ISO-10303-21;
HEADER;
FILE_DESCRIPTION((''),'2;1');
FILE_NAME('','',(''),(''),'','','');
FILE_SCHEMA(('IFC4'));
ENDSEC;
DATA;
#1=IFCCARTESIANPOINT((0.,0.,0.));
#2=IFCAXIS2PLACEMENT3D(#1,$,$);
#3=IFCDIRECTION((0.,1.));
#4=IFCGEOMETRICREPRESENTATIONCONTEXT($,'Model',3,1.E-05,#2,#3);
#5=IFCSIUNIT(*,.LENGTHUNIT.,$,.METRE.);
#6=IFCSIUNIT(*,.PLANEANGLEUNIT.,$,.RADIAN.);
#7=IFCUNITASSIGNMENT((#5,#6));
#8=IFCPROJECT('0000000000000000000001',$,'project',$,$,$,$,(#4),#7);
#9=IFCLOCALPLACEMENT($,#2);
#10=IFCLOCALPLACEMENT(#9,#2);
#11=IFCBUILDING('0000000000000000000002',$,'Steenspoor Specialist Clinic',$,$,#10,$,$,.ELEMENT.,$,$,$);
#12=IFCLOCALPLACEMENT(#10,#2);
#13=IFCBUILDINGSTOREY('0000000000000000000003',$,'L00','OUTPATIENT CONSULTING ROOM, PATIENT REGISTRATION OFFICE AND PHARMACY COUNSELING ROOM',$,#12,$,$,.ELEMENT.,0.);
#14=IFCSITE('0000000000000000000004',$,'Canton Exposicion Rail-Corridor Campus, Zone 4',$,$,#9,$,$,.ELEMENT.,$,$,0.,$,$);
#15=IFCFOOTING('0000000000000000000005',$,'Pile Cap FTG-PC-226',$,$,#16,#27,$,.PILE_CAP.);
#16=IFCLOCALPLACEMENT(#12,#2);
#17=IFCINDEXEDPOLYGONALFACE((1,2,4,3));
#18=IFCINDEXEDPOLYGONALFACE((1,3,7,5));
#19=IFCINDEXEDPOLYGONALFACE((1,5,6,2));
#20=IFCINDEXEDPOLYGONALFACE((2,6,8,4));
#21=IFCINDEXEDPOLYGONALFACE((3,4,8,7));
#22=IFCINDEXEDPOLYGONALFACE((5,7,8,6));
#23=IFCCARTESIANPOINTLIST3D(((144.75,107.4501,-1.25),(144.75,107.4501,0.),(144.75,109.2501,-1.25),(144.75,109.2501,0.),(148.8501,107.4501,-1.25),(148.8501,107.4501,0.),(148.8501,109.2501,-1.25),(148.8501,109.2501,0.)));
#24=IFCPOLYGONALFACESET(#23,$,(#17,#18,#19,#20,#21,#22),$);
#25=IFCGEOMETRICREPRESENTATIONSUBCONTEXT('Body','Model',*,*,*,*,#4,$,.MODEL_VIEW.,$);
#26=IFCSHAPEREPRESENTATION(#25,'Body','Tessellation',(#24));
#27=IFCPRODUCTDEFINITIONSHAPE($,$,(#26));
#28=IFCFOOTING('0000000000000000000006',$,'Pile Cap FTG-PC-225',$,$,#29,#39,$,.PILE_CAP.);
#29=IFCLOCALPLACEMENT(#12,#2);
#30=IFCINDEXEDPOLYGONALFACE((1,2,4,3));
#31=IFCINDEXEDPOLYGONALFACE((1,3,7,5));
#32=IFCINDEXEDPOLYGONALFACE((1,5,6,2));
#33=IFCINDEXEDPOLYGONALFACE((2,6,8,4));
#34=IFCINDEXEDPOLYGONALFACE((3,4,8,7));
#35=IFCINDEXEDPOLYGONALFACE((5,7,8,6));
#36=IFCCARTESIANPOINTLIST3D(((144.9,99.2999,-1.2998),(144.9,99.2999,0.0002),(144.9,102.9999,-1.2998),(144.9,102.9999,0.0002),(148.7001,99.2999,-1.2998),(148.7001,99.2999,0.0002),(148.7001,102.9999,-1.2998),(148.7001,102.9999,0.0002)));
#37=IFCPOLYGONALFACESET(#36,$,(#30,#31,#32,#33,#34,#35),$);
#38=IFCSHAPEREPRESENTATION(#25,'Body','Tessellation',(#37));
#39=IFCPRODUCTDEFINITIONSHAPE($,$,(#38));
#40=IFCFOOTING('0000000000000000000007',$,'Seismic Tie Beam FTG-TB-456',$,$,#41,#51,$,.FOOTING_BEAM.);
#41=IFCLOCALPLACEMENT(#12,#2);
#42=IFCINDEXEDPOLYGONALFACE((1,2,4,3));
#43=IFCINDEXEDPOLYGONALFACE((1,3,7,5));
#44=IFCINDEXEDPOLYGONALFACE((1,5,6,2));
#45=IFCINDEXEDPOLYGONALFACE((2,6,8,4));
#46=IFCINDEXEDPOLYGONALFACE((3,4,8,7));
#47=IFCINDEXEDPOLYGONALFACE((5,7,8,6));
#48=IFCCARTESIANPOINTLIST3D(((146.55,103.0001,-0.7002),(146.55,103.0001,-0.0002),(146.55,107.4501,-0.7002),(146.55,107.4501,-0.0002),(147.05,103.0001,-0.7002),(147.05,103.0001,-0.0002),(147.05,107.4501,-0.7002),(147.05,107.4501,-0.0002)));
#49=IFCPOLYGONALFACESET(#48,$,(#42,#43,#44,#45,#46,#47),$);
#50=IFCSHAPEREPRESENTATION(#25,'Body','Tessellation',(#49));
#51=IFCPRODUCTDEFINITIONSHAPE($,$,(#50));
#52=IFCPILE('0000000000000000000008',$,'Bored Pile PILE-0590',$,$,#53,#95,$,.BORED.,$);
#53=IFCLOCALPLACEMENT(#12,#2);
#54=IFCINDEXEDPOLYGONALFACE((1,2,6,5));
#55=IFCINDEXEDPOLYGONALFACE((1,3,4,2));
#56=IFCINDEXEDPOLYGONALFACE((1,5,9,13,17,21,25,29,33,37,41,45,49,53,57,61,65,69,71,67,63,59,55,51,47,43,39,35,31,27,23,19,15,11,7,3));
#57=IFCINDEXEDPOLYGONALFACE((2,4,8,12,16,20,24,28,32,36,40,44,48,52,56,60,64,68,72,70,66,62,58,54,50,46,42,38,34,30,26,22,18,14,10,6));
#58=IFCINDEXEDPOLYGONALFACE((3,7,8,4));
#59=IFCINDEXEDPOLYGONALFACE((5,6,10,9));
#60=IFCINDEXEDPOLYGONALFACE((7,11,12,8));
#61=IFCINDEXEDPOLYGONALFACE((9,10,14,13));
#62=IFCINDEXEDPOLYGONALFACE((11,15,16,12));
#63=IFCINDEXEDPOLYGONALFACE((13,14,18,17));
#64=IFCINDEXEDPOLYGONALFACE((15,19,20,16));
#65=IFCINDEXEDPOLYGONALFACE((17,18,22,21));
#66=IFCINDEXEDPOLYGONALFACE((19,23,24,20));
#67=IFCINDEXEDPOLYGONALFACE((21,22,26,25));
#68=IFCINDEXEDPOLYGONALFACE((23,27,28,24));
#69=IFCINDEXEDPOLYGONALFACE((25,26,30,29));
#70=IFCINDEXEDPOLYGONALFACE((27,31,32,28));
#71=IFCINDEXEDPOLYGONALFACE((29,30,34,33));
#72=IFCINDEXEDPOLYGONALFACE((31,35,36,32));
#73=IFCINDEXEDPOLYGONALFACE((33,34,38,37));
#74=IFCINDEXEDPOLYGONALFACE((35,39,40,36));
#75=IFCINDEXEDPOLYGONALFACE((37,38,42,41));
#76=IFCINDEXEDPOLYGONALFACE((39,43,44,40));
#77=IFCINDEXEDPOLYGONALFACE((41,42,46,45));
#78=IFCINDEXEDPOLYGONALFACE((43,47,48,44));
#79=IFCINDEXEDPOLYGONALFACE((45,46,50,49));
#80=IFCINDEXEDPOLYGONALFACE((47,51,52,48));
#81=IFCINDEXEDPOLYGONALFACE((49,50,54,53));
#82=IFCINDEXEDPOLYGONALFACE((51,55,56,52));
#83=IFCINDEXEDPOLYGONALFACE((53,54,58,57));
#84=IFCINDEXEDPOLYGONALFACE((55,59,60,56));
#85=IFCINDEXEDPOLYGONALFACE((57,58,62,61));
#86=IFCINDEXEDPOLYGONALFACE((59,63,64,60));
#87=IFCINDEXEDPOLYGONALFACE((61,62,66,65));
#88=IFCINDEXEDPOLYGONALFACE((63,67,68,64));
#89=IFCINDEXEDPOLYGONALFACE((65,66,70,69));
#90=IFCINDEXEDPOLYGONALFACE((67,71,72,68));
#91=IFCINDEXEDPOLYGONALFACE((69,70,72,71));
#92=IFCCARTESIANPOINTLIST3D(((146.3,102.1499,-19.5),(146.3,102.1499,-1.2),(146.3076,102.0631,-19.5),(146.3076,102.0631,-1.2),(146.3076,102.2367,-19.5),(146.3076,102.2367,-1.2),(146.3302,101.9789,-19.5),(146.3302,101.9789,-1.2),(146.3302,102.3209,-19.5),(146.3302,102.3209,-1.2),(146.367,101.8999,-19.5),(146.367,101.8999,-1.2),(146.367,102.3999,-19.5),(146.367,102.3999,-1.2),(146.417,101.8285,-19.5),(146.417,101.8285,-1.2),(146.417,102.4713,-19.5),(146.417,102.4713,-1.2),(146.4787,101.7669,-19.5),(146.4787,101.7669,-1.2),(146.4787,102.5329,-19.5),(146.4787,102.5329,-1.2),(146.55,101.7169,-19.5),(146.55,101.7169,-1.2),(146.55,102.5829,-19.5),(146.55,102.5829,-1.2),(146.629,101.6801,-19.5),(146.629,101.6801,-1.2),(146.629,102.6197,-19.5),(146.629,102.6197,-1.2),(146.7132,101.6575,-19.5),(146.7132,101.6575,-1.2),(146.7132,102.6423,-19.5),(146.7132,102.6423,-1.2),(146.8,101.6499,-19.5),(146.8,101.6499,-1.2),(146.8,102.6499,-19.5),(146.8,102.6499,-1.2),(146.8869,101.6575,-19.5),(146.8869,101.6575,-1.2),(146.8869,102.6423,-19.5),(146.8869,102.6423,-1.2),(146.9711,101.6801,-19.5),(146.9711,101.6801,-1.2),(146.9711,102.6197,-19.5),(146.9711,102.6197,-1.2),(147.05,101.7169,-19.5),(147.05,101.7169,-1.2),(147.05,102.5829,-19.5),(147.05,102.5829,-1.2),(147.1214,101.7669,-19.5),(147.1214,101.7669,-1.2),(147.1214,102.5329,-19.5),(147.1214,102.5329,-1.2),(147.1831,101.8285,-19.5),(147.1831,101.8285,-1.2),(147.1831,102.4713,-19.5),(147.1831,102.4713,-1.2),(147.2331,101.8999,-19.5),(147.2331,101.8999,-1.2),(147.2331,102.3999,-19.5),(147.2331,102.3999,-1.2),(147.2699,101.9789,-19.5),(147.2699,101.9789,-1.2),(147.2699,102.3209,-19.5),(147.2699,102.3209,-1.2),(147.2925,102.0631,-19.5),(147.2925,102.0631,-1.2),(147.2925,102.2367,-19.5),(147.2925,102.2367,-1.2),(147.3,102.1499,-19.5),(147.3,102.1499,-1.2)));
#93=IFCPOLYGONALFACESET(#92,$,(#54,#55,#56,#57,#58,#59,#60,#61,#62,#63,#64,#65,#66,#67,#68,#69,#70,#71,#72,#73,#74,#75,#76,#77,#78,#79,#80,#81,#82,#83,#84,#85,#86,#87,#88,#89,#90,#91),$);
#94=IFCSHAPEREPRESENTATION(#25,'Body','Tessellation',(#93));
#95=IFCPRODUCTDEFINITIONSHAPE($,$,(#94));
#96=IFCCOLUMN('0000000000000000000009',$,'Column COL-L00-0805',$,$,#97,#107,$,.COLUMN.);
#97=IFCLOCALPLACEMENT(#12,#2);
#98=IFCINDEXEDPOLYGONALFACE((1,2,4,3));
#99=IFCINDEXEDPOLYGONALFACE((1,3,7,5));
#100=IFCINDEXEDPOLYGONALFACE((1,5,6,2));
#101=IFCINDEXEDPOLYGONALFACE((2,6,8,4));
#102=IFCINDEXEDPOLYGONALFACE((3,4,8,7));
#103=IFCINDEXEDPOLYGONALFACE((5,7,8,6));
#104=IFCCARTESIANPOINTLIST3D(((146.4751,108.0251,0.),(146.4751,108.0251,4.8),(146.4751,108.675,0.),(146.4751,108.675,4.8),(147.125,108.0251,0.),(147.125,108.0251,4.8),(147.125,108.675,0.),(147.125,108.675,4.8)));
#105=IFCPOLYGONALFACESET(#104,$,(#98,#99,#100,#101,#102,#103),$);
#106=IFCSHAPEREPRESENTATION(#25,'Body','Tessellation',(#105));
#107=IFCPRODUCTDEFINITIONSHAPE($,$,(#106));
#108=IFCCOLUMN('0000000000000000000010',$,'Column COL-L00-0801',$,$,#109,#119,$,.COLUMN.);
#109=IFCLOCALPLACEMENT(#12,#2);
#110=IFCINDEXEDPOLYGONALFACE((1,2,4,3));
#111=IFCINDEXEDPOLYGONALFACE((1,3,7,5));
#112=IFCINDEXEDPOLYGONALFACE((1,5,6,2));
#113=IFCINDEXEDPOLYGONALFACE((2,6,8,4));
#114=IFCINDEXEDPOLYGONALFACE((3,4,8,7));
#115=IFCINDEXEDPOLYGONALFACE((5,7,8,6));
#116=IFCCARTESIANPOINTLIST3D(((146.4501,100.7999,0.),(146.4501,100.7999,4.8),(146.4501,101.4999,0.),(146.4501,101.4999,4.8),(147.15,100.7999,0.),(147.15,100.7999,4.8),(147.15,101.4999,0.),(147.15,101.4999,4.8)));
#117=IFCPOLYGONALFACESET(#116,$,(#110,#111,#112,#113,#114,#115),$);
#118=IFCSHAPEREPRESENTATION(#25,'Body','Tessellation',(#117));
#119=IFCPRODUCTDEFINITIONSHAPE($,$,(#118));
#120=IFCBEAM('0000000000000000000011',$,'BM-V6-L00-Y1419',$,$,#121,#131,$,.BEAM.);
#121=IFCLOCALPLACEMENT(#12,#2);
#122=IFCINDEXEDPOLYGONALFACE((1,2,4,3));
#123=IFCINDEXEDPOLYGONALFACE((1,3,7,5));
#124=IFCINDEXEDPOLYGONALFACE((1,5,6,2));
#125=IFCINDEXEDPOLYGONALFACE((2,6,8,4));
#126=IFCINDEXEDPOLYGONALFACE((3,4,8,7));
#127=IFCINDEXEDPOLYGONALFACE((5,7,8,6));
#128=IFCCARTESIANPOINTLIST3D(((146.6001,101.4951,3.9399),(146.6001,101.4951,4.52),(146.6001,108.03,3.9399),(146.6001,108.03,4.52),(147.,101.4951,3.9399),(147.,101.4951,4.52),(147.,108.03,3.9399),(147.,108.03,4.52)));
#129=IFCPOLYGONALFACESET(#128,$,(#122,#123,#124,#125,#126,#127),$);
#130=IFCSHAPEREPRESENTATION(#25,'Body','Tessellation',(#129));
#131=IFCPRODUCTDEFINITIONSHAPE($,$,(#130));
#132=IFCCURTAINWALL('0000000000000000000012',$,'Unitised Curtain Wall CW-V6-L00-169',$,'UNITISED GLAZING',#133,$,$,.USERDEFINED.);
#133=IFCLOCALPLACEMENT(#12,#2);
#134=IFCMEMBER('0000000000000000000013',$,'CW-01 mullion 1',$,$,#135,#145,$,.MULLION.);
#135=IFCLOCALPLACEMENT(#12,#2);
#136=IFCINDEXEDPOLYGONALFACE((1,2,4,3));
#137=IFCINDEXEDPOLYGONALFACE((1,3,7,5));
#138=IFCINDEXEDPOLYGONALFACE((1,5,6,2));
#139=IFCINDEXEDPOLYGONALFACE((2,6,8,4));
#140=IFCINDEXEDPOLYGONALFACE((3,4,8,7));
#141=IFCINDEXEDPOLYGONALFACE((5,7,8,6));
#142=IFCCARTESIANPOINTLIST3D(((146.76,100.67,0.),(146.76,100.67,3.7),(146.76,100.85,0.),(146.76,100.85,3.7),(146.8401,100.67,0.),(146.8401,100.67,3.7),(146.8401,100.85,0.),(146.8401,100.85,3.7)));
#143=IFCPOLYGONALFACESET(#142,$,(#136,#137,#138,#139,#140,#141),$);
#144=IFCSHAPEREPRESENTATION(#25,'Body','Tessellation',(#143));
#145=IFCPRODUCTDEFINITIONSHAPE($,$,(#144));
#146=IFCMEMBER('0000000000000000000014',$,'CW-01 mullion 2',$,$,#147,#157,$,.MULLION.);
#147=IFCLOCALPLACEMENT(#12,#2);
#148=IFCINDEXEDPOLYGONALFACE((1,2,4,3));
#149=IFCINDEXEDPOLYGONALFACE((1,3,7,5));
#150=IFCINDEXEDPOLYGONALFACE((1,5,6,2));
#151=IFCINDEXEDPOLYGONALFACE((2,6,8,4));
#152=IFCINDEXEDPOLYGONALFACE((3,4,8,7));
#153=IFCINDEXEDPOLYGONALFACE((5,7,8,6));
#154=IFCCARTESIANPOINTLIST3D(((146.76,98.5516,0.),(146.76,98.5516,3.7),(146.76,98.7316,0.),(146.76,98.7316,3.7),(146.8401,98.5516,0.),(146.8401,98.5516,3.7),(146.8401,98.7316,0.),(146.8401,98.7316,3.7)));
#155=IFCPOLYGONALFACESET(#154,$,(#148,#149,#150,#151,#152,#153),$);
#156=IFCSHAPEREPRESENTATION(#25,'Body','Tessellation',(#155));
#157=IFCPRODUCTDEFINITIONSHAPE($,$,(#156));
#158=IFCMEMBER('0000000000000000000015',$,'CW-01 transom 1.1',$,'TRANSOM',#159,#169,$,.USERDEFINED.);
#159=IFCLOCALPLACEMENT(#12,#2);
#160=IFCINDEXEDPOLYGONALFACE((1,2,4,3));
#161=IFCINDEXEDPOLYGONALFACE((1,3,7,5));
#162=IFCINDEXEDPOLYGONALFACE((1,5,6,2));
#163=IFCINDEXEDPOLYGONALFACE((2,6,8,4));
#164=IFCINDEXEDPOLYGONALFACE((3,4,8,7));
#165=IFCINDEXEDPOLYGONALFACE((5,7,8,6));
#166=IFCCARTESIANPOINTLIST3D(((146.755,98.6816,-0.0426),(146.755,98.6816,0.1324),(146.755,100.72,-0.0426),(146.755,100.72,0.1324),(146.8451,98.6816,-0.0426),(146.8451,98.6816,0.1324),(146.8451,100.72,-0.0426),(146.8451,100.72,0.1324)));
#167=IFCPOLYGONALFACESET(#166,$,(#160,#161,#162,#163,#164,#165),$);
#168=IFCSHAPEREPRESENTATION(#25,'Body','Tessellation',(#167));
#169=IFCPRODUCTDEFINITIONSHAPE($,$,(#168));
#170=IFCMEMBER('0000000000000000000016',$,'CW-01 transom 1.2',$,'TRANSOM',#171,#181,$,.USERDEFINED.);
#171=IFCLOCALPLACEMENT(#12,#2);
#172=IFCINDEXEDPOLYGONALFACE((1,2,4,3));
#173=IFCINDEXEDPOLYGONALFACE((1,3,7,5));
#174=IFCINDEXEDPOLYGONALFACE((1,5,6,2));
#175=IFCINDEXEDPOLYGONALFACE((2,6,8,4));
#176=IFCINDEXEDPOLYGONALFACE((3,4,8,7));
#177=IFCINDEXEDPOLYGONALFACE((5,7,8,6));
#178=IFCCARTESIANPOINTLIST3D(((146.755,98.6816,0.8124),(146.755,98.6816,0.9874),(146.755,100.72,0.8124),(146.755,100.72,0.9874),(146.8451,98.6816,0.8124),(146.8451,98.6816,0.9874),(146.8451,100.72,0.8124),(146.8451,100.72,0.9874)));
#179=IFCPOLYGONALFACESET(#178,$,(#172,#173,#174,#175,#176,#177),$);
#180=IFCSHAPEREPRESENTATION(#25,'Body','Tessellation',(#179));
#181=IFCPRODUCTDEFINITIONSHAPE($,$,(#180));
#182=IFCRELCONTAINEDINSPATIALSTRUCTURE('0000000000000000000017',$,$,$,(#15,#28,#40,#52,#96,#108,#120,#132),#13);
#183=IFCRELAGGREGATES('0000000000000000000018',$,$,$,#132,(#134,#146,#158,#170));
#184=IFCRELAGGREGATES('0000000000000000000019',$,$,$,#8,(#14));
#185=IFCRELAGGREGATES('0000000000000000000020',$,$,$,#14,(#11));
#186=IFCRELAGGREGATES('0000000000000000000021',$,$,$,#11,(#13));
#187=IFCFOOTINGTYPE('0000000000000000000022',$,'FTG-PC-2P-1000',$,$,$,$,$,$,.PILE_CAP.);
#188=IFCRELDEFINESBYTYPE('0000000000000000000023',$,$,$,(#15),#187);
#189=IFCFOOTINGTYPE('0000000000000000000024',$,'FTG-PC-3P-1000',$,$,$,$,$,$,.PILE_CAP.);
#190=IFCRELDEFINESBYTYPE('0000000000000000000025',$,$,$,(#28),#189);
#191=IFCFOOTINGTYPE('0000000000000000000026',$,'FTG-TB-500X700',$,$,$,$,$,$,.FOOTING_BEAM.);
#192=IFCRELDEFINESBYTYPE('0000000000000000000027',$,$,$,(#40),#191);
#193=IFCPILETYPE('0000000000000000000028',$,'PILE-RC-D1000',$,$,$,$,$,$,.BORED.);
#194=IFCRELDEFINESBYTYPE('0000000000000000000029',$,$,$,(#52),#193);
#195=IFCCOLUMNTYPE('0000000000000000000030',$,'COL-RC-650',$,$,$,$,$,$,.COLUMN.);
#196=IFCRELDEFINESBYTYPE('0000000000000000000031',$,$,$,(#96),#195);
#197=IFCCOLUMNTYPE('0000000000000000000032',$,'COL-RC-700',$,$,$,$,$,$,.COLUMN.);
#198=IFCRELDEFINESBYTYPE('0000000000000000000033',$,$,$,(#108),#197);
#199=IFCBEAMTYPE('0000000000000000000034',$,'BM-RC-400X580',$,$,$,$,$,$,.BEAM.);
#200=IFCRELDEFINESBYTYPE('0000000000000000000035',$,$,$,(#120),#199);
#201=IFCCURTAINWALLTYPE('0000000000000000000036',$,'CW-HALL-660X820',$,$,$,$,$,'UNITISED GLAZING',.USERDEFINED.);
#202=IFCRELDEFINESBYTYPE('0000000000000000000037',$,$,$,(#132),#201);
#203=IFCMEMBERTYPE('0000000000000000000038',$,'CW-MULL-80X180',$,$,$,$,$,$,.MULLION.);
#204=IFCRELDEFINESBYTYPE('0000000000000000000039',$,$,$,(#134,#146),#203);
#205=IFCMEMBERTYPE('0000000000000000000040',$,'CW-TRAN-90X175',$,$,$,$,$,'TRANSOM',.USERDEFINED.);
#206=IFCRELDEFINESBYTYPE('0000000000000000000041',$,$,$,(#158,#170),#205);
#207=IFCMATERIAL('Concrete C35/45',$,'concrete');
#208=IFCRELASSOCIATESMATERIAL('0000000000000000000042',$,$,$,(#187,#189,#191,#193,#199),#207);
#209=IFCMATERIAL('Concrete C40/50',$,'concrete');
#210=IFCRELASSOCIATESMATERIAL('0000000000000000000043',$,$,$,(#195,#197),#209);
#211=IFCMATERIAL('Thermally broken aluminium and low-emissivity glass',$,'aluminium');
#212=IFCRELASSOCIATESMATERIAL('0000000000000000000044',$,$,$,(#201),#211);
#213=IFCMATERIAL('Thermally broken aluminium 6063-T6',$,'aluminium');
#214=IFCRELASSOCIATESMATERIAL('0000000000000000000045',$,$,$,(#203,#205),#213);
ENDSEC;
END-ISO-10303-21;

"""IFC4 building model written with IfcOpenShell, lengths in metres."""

from ifc_helpers import new_model, si_unit, direction, frame, origin, origin_2d, place, context, subcontext, project, spatial, rectangle, circle, extrude, material, material_profile, profile_set, type_object, element, aggregate, save


model = new_model("IFC4")

# Units and contexts
model_context = context("Model", 3, precision=1e-05, world=origin(), true_north=direction((0.0, 1.0)))
body_context = subcontext(model_context, "Body", "Model", "MODEL_VIEW")
ifc_project = project(units=[si_unit("LENGTHUNIT", "METRE"), si_unit("PLANEANGLEUNIT", "RADIAN")], contexts=[model_context])

# Site, building, storey
site_placement = place(None, origin())
site = spatial("IfcSite", under=ifc_project, at=site_placement, Name="Canton Exposicion Rail-Corridor Campus, Zone 4", CompositionType="ELEMENT", RefElevation=0.0)
building_placement = place(site_placement, origin())
building = spatial("IfcBuilding", under=site, at=building_placement, Name="Steenspoor Specialist Clinic", CompositionType="ELEMENT")
storey_placement = place(building_placement, origin())
storey = spatial("IfcBuildingStorey", under=building, at=storey_placement, Name="L00", Description="OUTPATIENT CONSULTING ROOM, PATIENT REGISTRATION OFFICE AND PHARMACY COUNSELING ROOM", CompositionType="ELEMENT", Elevation=0.0)

# Footings
ifc_material_1 = material(Name="Concrete C35/45", Category="concrete")
footing_type_1 = type_object("IfcFootingType", Name="FTG-PC-2P-1000", PredefinedType="PILE_CAP", material=ifc_material_1)
footing_1_placement = place(storey_placement, frame((146.8, 108.3501, -1.25), z_axis=(0.0, 0.0, 1.0), x_axis=(1.0, 0.0, 0.0)))
element("IfcFooting", 1, at=footing_1_placement, inside=storey, type_object=footing_type_1, Name="Pile Cap FTG-PC-226", PredefinedType="PILE_CAP", context=body_context, shape_type="SweptSolid", body=[
    extrude(rectangle(XDim=4.1001, YDim=1.8, at=origin_2d()), origin(), (0.0, 0.0, 1.0), 1.25),
])
footing_type_2 = type_object("IfcFootingType", Name="FTG-PC-3P-1000", PredefinedType="PILE_CAP", material=ifc_material_1)
footing_2_placement = place(storey_placement, frame((146.8, 101.1499, -1.2998), z_axis=(0.0, 0.0, 1.0), x_axis=(1.0, 0.0, 0.0)))
element("IfcFooting", 2, at=footing_2_placement, inside=storey, type_object=footing_type_2, Name="Pile Cap FTG-PC-225", PredefinedType="PILE_CAP", context=body_context, shape_type="SweptSolid", body=[
    extrude(rectangle(XDim=3.8, YDim=3.7, at=origin_2d()), origin(), (0.0, 0.0, 1.0), 1.3),
])
footing_type_3 = type_object("IfcFootingType", Name="FTG-TB-500X700", PredefinedType="FOOTING_BEAM", material=ifc_material_1)
footing_3_placement = place(storey_placement, frame((146.8, 105.2251, -0.7002), z_axis=(0.0, 0.0, 1.0), x_axis=(1.0, 0.0, 0.0)))
element("IfcFooting", 3, at=footing_3_placement, inside=storey, type_object=footing_type_3, Name="Seismic Tie Beam FTG-TB-456", PredefinedType="FOOTING_BEAM", context=body_context, shape_type="SweptSolid", body=[
    extrude(rectangle(XDim=0.5, YDim=4.45, at=origin_2d()), origin(), (0.0, 0.0, 1.0), 0.7),
])

# Pile
ifc_material_profile_1 = material_profile(ifc_material_1, circle(Radius=0.5, at=origin_2d()), Name="PILE-D1000")
ifc_profile_set_1 = profile_set([ifc_material_profile_1], Name="Concrete C35/45")
pile_type = type_object("IfcPileType", Name="PILE-RC-D1000", PredefinedType="BORED", material=ifc_profile_set_1)
pile_placement = place(storey_placement, frame((146.8, 102.1499, -1.2), z_axis=(0.0, 0.0, -1.0), x_axis=(1.0, 0.0, 0.0)))
element("IfcPile", 4, at=pile_placement, inside=storey, type_object=pile_type, Name="Bored Pile PILE-0590", PredefinedType="BORED", context=body_context, shape_type="SweptSolid", body=[
    extrude(circle(Radius=0.5, at=origin_2d()), origin(), (0.0, 0.0, 1.0), 18.3),
])

# Columns
ifc_material_2 = material(Name="Concrete C40/50", Category="concrete")
ifc_material_profile_2 = material_profile(ifc_material_2, rectangle(XDim=0.6499, YDim=0.6499, at=origin_2d()), Name="RC-COL-650X650")
ifc_profile_set_2 = profile_set([ifc_material_profile_2], Name="Concrete C40/50")
column_type_1 = type_object("IfcColumnType", Name="COL-RC-650", PredefinedType="COLUMN", material=ifc_profile_set_2)
column_1_placement = place(storey_placement, frame((146.8, 108.3501, 0.0), z_axis=(0.0, 0.0, 1.0), x_axis=(1.0, 0.0, 0.0)))
element("IfcColumn", 5, at=column_1_placement, inside=storey, type_object=column_type_1, Name="Column COL-L00-0805", PredefinedType="COLUMN", context=body_context, shape_type="SweptSolid", body=[
    extrude(rectangle(XDim=0.6499, YDim=0.6499, at=origin_2d()), origin(), (0.0, 0.0, 1.0), 4.8),
])
ifc_material_profile_3 = material_profile(ifc_material_2, rectangle(XDim=0.7, YDim=0.7, at=origin_2d()), Name="RC-COL-700X700")
ifc_profile_set_3 = profile_set([ifc_material_profile_3], Name="Concrete C40/50")
column_type_2 = type_object("IfcColumnType", Name="COL-RC-700", PredefinedType="COLUMN", material=ifc_profile_set_3)
column_2_placement = place(storey_placement, frame((146.8, 101.1499, 0.0), z_axis=(0.0, 0.0, 1.0), x_axis=(1.0, 0.0, 0.0)))
element("IfcColumn", 6, at=column_2_placement, inside=storey, type_object=column_type_2, Name="Column COL-L00-0801", PredefinedType="COLUMN", context=body_context, shape_type="SweptSolid", body=[
    extrude(rectangle(XDim=0.7, YDim=0.7, at=origin_2d()), origin(), (0.0, 0.0, 1.0), 4.8),
])

# Beam
ifc_material_profile_4 = material_profile(ifc_material_1, rectangle(XDim=0.3999, YDim=0.5801, at=origin_2d()), Name="RC-BM-400X580")
ifc_profile_set_4 = profile_set([ifc_material_profile_4], Name="Concrete C35/45")
beam_type = type_object("IfcBeamType", Name="BM-RC-400X580", PredefinedType="BEAM", material=ifc_profile_set_4)
beam_placement = place(storey_placement, frame((146.8, 101.4951, 4.23), z_axis=(0.0, 1.0, 0.0), x_axis=(-1.0, 0.0, 0.0)))
element("IfcBeam", 7, at=beam_placement, inside=storey, type_object=beam_type, Name="BM-V6-L00-Y1419", PredefinedType="BEAM", context=body_context, shape_type="SweptSolid", body=[
    extrude(rectangle(XDim=0.3999, YDim=0.5801, at=origin_2d()), origin(), (0.0, 0.0, 1.0), 6.5349),
])

# Curtain wall, members
ifc_material_3 = material(Name="Thermally broken aluminium and low-emissivity glass", Category="aluminium")
curtain_wall_type = type_object("IfcCurtainWallType", Name="CW-HALL-660X820", ElementType="UNITISED GLAZING", PredefinedType="USERDEFINED", material=ifc_material_3)
curtain_wall_placement = place(storey_placement, origin())
curtain_wall = element("IfcCurtainWall", 8, at=curtain_wall_placement, inside=storey, type_object=curtain_wall_type, Name="Unitised Curtain Wall CW-V6-L00-169", ObjectType="UNITISED GLAZING", PredefinedType="USERDEFINED")
ifc_material_4 = material(Name="Thermally broken aluminium 6063-T6", Category="aluminium")
ifc_material_profile_5 = material_profile(ifc_material_4, rectangle(XDim=0.0801, YDim=0.1799, at=origin_2d()), Name="CWM-80X180")
ifc_profile_set_5 = profile_set([ifc_material_profile_5], Name="Thermally broken aluminium 6063-T6")
member_type_1 = type_object("IfcMemberType", Name="CW-MULL-80X180", PredefinedType="MULLION", material=ifc_profile_set_5)
member_1_placement = place(storey_placement, frame((146.8, 100.76, 0.0), z_axis=(0.0, 0.0, 1.0), x_axis=(1.0, 0.0, 0.0)))
member_1 = element("IfcMember", 9, at=member_1_placement, type_object=member_type_1, Name="CW-01 mullion 1", PredefinedType="MULLION", context=body_context, shape_type="SweptSolid", body=[
    extrude(rectangle(XDim=0.0801, YDim=0.1799, at=origin_2d()), origin(), (0.0, 0.0, 1.0), 3.7),
])
member_2_placement = place(storey_placement, frame((146.8, 98.6416, 0.0), z_axis=(0.0, 0.0, 1.0), x_axis=(1.0, 0.0, 0.0)))
member_2 = element("IfcMember", 10, at=member_2_placement, type_object=member_type_1, Name="CW-01 mullion 2", PredefinedType="MULLION", context=body_context, shape_type="SweptSolid", body=[
    extrude(rectangle(XDim=0.0801, YDim=0.1799, at=origin_2d()), origin(), (0.0, 0.0, 1.0), 3.7),
])
ifc_material_profile_6 = material_profile(ifc_material_4, rectangle(XDim=0.0901, YDim=0.175, at=origin_2d()), Name="CWT-90X175")
ifc_profile_set_6 = profile_set([ifc_material_profile_6], Name="Thermally broken aluminium 6063-T6")
member_type_2 = type_object("IfcMemberType", Name="CW-TRAN-90X175", ElementType="TRANSOM", PredefinedType="USERDEFINED", material=ifc_profile_set_6)
member_3_placement = place(storey_placement, frame((146.8, 100.72, 0.0449), z_axis=(0.0, -1.0, 0.0), x_axis=(1.0, 0.0, 0.0)))
member_3 = element("IfcMember", 11, at=member_3_placement, type_object=member_type_2, Name="CW-01 transom 1.1", ObjectType="TRANSOM", PredefinedType="USERDEFINED", context=body_context, shape_type="SweptSolid", body=[
    extrude(rectangle(XDim=0.0901, YDim=0.175, at=origin_2d()), origin(), (0.0, 0.0, 1.0), 2.0383),
])
member_4_placement = place(storey_placement, frame((146.8, 100.72, 0.8999), z_axis=(0.0, -1.0, 0.0), x_axis=(1.0, 0.0, 0.0)))
member_4 = element("IfcMember", 12, at=member_4_placement, type_object=member_type_2, Name="CW-01 transom 1.2", ObjectType="TRANSOM", PredefinedType="USERDEFINED", context=body_context, shape_type="SweptSolid", body=[
    extrude(rectangle(XDim=0.0901, YDim=0.175, at=origin_2d()), origin(), (0.0, 0.0, 1.0), 2.0383),
])
aggregate(curtain_wall, [member_1, member_2, member_3, member_4])

save(model, "model.ifc")
